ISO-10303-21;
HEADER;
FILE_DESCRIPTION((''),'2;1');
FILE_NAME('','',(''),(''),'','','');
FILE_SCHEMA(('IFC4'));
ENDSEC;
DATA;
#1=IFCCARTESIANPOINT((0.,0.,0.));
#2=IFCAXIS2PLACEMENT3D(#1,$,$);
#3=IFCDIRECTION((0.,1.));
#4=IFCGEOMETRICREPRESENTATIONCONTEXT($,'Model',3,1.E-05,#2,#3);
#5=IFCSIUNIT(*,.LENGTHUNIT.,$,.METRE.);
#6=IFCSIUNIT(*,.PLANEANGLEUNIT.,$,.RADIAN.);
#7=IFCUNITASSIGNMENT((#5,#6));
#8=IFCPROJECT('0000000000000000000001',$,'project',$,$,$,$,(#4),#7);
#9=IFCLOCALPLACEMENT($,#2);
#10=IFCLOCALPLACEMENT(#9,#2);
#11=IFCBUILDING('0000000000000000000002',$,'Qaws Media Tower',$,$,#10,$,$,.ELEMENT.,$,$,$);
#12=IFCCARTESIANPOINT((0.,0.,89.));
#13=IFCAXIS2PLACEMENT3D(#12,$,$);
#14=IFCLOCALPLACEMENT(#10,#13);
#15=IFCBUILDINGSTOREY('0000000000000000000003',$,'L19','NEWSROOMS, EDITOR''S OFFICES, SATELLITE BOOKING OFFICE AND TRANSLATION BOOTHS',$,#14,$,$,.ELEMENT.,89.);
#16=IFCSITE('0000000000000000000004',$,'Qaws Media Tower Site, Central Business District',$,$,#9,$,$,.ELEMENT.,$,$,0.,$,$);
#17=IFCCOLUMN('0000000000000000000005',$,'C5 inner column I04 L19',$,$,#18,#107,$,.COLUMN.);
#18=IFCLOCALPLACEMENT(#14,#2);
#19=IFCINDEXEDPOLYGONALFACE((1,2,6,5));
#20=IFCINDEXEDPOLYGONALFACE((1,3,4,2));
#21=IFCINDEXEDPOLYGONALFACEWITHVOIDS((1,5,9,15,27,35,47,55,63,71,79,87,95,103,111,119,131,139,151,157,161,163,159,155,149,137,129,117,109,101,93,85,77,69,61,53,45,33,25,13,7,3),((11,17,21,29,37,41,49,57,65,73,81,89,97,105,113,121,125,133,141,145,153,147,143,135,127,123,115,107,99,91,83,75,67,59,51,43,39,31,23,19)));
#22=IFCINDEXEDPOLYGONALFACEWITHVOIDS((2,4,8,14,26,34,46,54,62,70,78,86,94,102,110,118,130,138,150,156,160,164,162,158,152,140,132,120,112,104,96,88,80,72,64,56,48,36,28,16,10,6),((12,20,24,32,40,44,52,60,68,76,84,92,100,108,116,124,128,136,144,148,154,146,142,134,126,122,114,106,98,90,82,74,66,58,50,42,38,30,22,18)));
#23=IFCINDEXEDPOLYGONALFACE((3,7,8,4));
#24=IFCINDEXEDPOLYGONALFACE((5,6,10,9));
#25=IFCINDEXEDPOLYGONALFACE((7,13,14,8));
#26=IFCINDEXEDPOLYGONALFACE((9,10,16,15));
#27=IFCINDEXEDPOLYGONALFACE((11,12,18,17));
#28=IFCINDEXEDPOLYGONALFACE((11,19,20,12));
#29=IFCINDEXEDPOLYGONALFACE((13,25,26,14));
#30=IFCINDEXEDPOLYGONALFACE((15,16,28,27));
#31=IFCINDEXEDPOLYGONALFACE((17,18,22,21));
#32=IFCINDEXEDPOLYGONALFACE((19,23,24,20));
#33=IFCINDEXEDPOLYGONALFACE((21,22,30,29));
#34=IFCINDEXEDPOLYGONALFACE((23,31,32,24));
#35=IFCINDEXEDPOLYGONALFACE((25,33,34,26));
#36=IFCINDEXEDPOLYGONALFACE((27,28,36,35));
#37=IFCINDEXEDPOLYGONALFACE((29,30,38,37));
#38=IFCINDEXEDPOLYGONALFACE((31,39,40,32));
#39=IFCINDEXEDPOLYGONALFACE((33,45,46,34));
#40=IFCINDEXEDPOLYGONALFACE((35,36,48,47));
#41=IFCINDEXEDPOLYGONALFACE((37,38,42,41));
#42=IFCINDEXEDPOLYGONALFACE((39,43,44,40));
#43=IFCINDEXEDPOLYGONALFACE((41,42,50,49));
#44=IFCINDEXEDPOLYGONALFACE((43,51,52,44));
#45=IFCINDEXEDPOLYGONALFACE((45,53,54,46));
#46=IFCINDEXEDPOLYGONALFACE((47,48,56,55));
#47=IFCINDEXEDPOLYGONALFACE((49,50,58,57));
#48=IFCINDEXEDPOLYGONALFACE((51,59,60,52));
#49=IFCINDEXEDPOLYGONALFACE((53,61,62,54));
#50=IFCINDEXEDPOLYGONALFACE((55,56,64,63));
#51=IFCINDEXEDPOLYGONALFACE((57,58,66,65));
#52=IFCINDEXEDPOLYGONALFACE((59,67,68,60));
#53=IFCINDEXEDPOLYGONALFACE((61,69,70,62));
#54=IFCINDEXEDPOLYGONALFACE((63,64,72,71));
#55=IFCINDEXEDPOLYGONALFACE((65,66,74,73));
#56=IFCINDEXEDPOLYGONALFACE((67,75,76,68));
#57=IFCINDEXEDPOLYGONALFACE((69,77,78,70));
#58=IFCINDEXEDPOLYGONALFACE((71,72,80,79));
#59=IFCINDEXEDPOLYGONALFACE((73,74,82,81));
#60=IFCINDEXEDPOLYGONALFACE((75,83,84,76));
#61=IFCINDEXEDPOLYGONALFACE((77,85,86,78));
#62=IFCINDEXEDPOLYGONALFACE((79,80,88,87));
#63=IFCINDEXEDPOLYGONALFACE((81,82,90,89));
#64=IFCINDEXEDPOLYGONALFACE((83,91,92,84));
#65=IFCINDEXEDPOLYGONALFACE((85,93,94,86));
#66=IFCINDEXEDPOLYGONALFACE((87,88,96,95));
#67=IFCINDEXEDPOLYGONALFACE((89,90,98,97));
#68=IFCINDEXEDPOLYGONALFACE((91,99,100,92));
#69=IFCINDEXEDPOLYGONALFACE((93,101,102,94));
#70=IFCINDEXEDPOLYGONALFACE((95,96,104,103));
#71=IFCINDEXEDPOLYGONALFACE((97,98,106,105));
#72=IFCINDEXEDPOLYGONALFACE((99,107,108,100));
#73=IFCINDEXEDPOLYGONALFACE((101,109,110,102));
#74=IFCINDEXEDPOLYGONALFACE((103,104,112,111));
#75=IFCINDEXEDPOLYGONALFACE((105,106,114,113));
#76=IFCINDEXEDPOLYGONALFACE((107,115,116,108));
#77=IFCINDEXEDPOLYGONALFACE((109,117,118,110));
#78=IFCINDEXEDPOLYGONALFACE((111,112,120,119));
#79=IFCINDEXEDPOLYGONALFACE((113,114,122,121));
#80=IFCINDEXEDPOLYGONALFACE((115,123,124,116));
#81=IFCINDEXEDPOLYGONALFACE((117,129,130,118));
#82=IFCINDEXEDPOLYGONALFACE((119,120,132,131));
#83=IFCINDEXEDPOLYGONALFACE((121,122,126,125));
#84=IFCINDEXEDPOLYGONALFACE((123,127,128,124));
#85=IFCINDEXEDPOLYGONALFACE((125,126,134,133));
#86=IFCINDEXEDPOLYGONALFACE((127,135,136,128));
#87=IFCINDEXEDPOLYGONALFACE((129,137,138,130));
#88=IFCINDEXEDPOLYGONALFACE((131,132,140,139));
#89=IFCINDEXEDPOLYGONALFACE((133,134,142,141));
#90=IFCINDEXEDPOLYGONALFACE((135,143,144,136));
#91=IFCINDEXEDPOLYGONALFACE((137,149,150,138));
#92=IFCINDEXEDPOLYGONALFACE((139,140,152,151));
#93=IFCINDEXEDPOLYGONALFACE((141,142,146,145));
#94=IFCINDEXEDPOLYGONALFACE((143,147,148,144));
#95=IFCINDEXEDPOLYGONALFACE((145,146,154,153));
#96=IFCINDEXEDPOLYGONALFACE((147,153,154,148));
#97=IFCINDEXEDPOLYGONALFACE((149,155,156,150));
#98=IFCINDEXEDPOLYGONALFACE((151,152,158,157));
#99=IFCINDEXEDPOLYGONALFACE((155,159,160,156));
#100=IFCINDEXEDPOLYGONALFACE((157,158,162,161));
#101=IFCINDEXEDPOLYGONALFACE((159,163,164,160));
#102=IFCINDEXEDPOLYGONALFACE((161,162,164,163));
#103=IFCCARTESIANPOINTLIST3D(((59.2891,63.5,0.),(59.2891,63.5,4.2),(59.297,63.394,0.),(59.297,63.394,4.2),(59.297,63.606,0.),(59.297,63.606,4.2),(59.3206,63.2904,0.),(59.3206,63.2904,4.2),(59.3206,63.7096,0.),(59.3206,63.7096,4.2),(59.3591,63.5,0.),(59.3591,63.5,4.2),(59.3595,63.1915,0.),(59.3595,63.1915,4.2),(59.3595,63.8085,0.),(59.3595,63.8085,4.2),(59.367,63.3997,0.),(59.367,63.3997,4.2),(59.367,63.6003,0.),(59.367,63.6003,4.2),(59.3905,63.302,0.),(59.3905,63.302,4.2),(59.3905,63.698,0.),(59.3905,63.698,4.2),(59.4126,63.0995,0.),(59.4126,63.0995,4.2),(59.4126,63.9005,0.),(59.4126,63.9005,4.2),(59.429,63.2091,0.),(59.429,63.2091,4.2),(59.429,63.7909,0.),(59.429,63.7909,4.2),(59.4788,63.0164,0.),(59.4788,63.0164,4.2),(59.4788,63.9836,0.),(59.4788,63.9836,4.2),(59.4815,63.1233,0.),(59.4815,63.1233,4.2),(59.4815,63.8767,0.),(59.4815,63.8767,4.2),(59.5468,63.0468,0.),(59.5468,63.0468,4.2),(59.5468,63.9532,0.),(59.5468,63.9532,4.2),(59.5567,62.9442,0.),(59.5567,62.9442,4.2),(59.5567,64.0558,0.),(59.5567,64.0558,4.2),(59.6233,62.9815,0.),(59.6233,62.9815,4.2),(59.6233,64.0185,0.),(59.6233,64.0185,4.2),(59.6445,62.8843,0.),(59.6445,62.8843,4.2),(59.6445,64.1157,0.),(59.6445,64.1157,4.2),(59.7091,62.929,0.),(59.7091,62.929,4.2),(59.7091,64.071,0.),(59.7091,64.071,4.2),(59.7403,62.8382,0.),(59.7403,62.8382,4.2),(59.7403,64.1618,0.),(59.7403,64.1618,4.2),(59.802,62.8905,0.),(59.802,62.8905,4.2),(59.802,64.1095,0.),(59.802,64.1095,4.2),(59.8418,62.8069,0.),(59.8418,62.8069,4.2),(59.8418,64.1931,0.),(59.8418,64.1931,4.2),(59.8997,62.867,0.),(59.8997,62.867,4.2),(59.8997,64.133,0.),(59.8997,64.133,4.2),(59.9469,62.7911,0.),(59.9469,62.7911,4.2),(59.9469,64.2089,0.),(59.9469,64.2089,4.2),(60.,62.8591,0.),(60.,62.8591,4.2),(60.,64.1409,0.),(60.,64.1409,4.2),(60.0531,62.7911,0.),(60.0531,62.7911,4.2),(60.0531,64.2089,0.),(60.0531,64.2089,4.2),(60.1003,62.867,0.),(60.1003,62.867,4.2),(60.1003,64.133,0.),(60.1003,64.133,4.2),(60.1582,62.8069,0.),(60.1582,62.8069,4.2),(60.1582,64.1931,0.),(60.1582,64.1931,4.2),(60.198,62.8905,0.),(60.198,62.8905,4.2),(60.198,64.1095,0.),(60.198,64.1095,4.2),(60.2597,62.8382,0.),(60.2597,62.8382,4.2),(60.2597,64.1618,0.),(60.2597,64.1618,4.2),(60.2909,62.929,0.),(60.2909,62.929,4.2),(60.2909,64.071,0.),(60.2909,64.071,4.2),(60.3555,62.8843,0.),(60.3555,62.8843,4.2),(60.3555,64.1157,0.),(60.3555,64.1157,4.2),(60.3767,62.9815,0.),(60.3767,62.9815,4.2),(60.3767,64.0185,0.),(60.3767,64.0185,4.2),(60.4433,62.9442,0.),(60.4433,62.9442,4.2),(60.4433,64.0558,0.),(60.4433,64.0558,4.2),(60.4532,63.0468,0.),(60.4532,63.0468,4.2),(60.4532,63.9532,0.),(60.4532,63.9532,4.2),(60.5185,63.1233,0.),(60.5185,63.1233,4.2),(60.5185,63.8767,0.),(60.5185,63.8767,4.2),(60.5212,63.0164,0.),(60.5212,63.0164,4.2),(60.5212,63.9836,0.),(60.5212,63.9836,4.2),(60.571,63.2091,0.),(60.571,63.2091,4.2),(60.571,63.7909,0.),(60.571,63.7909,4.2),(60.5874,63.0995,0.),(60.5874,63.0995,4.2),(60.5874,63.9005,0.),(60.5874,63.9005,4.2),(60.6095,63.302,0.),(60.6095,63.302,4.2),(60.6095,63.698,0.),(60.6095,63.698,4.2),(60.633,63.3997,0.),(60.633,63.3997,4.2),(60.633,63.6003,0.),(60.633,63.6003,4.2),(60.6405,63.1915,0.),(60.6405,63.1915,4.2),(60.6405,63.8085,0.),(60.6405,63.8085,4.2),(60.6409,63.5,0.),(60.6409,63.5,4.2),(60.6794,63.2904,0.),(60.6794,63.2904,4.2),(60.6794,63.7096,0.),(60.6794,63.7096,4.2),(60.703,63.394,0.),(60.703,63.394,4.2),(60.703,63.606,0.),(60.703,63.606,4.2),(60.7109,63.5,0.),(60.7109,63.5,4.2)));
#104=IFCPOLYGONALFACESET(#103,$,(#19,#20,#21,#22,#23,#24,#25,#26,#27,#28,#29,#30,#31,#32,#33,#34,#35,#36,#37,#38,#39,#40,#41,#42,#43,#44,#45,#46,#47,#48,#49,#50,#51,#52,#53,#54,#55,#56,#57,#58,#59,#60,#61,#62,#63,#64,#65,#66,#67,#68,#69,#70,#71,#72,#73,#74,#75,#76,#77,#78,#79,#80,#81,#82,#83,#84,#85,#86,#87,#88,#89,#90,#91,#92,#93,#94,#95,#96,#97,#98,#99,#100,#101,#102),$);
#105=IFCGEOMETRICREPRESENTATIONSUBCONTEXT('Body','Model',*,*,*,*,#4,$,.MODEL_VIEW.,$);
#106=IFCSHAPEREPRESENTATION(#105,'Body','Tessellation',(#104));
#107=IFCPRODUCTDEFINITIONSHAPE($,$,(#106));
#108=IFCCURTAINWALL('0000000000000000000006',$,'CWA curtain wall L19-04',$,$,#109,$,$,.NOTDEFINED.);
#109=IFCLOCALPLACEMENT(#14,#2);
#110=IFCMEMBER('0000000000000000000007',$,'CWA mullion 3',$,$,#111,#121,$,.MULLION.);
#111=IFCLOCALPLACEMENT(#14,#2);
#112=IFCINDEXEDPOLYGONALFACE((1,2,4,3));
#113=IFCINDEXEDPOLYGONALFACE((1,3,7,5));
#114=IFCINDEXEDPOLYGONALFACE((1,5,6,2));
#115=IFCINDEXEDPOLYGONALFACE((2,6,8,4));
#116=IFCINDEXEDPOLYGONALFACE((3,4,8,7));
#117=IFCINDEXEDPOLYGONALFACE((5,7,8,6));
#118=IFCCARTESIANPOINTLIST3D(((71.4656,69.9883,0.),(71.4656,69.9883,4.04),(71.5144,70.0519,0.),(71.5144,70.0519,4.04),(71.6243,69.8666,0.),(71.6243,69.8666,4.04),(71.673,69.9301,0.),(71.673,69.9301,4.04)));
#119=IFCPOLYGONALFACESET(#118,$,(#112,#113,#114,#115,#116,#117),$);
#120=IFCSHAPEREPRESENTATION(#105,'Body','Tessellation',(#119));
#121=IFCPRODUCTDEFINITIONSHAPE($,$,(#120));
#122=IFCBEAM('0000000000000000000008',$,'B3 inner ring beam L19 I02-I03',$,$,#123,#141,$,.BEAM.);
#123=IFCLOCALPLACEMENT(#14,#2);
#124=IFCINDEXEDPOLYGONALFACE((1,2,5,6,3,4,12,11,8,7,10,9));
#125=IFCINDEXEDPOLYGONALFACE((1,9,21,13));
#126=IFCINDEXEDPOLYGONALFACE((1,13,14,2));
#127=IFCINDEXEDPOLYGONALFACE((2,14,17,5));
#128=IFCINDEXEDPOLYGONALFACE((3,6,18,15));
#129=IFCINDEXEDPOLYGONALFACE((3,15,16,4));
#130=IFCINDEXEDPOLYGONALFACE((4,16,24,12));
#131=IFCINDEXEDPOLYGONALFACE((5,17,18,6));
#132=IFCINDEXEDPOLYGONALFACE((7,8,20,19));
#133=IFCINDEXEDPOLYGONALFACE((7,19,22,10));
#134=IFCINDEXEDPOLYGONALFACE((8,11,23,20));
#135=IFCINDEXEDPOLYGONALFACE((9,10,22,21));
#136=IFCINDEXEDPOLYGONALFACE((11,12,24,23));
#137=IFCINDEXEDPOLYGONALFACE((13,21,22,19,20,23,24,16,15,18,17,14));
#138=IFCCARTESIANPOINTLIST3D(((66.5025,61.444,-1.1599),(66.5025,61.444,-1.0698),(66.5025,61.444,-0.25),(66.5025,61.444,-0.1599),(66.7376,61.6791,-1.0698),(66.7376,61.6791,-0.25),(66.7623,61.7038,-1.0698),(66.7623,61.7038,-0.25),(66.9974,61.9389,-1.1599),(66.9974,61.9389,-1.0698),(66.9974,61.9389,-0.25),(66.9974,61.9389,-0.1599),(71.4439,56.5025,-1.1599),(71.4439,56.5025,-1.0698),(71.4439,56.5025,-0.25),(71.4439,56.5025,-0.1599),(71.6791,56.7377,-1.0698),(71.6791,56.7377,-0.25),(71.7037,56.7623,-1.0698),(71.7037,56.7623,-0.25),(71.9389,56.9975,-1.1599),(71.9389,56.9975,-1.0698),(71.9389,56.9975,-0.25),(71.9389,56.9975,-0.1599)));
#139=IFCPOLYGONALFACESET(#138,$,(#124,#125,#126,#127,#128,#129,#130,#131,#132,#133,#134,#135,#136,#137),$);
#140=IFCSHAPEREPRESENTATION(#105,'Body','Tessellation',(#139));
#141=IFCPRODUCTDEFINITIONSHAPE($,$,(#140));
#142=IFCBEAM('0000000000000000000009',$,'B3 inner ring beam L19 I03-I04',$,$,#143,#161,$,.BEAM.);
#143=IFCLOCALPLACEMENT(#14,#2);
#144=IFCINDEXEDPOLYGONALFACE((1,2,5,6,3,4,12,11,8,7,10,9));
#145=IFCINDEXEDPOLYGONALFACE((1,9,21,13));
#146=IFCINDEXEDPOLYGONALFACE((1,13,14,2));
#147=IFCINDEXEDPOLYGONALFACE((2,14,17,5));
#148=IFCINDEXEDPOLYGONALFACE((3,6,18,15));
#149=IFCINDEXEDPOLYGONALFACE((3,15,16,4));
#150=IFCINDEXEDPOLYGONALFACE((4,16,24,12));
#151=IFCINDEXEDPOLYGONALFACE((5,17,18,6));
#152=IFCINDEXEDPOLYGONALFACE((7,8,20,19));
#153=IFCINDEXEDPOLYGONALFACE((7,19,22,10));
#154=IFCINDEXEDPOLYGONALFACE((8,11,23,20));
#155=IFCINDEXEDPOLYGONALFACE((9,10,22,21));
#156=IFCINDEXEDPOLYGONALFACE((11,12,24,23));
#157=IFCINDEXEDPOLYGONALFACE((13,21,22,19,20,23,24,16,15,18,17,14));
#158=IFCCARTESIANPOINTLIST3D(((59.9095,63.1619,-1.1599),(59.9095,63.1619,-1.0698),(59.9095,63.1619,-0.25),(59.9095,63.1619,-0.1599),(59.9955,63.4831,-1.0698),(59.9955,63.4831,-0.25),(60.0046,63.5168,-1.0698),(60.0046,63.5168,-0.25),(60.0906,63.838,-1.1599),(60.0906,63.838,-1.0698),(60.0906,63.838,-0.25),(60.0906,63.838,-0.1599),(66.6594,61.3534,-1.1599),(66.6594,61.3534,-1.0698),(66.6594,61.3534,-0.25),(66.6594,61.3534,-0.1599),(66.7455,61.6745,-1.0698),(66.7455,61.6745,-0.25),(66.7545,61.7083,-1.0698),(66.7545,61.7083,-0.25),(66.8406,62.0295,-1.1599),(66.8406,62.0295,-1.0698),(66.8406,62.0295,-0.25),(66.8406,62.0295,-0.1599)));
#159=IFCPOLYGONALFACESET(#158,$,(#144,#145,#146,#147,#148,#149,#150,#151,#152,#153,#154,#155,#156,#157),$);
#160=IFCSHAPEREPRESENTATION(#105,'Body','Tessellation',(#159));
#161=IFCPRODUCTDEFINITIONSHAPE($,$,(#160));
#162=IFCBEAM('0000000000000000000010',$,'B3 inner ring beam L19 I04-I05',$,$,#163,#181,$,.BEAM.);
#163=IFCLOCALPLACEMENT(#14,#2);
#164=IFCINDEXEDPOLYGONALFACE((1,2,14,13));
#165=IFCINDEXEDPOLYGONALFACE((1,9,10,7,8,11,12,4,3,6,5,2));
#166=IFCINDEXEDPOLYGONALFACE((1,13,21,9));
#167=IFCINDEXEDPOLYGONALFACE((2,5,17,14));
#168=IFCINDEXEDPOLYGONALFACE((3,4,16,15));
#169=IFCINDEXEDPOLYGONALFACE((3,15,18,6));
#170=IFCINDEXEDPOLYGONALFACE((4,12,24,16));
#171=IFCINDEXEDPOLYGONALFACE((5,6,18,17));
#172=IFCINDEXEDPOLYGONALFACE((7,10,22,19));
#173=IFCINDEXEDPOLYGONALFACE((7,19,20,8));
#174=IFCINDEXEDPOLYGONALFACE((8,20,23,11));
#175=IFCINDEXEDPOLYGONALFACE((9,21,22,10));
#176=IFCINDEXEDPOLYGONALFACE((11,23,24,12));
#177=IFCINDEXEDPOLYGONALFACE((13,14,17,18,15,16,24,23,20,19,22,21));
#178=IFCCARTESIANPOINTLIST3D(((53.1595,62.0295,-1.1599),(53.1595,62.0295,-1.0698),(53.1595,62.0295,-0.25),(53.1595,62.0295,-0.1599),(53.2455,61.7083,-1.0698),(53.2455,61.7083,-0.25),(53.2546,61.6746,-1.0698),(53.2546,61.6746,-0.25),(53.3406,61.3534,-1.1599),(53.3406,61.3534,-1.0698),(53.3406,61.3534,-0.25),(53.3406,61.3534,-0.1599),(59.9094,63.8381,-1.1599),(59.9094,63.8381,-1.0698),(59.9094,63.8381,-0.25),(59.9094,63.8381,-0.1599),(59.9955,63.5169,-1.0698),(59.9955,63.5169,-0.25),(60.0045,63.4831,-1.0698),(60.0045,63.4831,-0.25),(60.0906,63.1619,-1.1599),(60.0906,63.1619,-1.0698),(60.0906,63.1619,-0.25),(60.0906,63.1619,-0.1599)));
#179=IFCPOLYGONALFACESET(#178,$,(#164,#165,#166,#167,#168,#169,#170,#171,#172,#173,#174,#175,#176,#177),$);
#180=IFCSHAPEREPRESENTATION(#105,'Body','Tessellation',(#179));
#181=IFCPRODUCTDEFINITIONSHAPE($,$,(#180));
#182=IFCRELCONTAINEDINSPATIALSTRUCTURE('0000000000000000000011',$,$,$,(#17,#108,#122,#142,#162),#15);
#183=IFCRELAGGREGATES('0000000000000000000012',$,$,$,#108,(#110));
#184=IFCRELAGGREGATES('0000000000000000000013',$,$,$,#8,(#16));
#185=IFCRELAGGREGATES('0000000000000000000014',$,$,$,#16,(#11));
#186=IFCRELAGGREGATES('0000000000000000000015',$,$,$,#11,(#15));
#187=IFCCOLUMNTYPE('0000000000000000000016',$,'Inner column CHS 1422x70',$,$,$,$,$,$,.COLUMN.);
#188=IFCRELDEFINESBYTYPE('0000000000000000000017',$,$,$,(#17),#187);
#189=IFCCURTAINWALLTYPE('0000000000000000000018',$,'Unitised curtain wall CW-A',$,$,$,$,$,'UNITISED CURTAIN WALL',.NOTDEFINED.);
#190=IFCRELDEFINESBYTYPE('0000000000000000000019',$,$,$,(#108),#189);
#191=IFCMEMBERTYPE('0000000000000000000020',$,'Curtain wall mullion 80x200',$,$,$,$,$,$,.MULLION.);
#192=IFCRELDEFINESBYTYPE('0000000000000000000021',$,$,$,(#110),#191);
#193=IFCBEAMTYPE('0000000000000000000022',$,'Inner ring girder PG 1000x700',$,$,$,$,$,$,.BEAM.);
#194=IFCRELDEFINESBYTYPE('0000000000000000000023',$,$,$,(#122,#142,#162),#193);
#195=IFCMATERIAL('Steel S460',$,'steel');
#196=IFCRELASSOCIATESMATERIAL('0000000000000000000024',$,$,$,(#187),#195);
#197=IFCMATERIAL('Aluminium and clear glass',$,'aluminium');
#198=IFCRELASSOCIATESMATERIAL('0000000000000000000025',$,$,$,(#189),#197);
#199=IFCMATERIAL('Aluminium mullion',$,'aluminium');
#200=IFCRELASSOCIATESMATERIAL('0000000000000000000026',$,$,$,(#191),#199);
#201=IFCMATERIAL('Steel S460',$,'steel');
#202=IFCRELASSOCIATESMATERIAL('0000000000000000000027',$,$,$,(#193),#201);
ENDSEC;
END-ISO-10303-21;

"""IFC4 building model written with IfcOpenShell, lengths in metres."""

from ifc_helpers import new_model, si_unit, direction, frame, origin, origin_2d, place, context, subcontext, project, spatial, rectangle, hollow_circle, i_section, extrude, material, material_profile, profile_set, type_object, element, aggregate, save


model = new_model("IFC4")

# Units and contexts
model_context = context("Model", 3, precision=1e-05, world=origin(), true_north=direction((0.0, 1.0)))
body_context = subcontext(model_context, "Body", "Model", "MODEL_VIEW")
ifc_project = project(units=[si_unit("LENGTHUNIT", "METRE"), si_unit("PLANEANGLEUNIT", "RADIAN")], contexts=[model_context])

# Site, building, storey
site_placement = place(None, origin())
site = spatial("IfcSite", under=ifc_project, at=site_placement, Name="Qaws Media Tower Site, Central Business District", CompositionType="ELEMENT", RefElevation=0.0)
building_placement = place(site_placement, origin())
building = spatial("IfcBuilding", under=site, at=building_placement, Name="Qaws Media Tower", CompositionType="ELEMENT")
storey_placement = place(building_placement, frame((0.0, 0.0, 89.0)))
storey = spatial("IfcBuildingStorey", under=building, at=storey_placement, Name="L19", Description="NEWSROOMS, EDITOR'S OFFICES, SATELLITE BOOKING OFFICE AND TRANSLATION BOOTHS", CompositionType="ELEMENT", Elevation=89.0)

# Column
ifc_material_1 = material(Name="Steel S460", Category="steel")
ifc_material_profile_1 = material_profile(ifc_material_1, hollow_circle(Radius=0.7109, WallThickness=0.0701, at=origin_2d()), Name="CHS 1422x70")
ifc_profile_set_1 = profile_set([ifc_material_profile_1], Name="Steel S460")
column_type = type_object("IfcColumnType", Name="Inner column CHS 1422x70", PredefinedType="COLUMN", material=ifc_profile_set_1)
for number, where, z_axis, x_axis, name in (
    (1, (60.0, 63.5, 0.0), (0.0, 0.0, 1.0), (1.0, 0.0, 0.0), "C5 inner column I04 L19"),
):
    element("IfcColumn", number, at=place(storey_placement, frame(where, z_axis=z_axis, x_axis=x_axis)), inside=storey, type_object=column_type, Name=name, PredefinedType="COLUMN", context=body_context, shape_type="SweptSolid", body=[
        extrude(hollow_circle(Radius=0.7109, WallThickness=0.0701, at=origin_2d()), origin(), (0.0, 0.0, 1.0), 4.2),
    ])

# Curtain wall, member
ifc_material_2 = material(Name="Aluminium and clear glass", Category="aluminium")
curtain_wall_type = type_object("IfcCurtainWallType", Name="Unitised curtain wall CW-A", ElementType="UNITISED CURTAIN WALL", PredefinedType="NOTDEFINED", material=ifc_material_2)
curtain_wall_placement = place(storey_placement, origin())
curtain_wall = element("IfcCurtainWall", 2, at=curtain_wall_placement, inside=storey, type_object=curtain_wall_type, Name="CWA curtain wall L19-04", PredefinedType="NOTDEFINED")
ifc_material_3 = material(Name="Aluminium mullion", Category="aluminium")
ifc_material_profile_2 = material_profile(ifc_material_3, rectangle(XDim=0.0801, YDim=0.2, at=origin_2d()), Name="80x200")
ifc_profile_set_2 = profile_set([ifc_material_profile_2], Name="Aluminium mullion")
member_type = type_object("IfcMemberType", Name="Curtain wall mullion 80x200", PredefinedType="MULLION", material=ifc_profile_set_2)
member_placement = place(storey_placement, frame((71.5693, 69.9592, 0.0), z_axis=(0.0, 0.0, 1.0), x_axis=(-0.608761, -0.793353, 0.0)))
member = element("IfcMember", 3, at=member_placement, type_object=member_type, Name="CWA mullion 3", PredefinedType="MULLION", context=body_context, shape_type="SweptSolid", body=[
    extrude(rectangle(XDim=0.0801, YDim=0.2, at=origin_2d()), origin(), (0.0, 0.0, 1.0), 4.04),
])
aggregate(curtain_wall, [member])

# Beams
ifc_material_4 = material(Name="Steel S460", Category="steel")
ifc_material_profile_3 = material_profile(ifc_material_4, i_section(OverallWidth=0.7, OverallDepth=1.0, WebThickness=0.0349, FlangeThickness=0.0901, at=origin_2d()), Name="PG 1000x700")
ifc_profile_set_3 = profile_set([ifc_material_profile_3], Name="Steel S460")
beam_type_1 = type_object("IfcBeamType", Name="Inner ring girder PG 1000x700", PredefinedType="BEAM", material=ifc_profile_set_3)
beam_1_placement = place(storey_placement, frame((71.6914, 56.75, -0.6599), z_axis=(-0.707107, 0.707107, 0.0), x_axis=(-0.707107, -0.707107, 0.0)))
element("IfcBeam", 4, at=beam_1_placement, inside=storey, type_object=beam_type_1, Name="B3 inner ring beam L19 I02-I03", PredefinedType="BEAM", context=body_context, shape_type="SweptSolid", body=[
    extrude(i_section(OverallWidth=0.7, OverallDepth=1.0, WebThickness=0.0349, FlangeThickness=0.0901, at=origin_2d()), origin(), (0.0, 0.0, 1.0), 6.9883),
])
for number, where, z_axis, x_axis, name in (
    (5, (66.75, 61.6914, -0.6599), (-0.965928, 0.258811, 0.0), (-0.258811, -0.965928, 0.0), "B3 inner ring beam L19 I03-I04"),
    (6, (60.0, 63.5, -0.6599), (-0.965928, -0.258811, 0.0), (0.258811, -0.965928, 0.0), "B3 inner ring beam L19 I04-I05"),
):
    element("IfcBeam", number, at=place(storey_placement, frame(where, z_axis=z_axis, x_axis=x_axis)), inside=storey, type_object=beam_type_1, Name=name, PredefinedType="BEAM", context=body_context, shape_type="SweptSolid", body=[
        extrude(i_section(OverallWidth=0.7, OverallDepth=1.0, WebThickness=0.0349, FlangeThickness=0.0901, at=origin_2d()), origin(), (0.0, 0.0, 1.0), 6.988),
    ])

save(model, "model.ifc")
